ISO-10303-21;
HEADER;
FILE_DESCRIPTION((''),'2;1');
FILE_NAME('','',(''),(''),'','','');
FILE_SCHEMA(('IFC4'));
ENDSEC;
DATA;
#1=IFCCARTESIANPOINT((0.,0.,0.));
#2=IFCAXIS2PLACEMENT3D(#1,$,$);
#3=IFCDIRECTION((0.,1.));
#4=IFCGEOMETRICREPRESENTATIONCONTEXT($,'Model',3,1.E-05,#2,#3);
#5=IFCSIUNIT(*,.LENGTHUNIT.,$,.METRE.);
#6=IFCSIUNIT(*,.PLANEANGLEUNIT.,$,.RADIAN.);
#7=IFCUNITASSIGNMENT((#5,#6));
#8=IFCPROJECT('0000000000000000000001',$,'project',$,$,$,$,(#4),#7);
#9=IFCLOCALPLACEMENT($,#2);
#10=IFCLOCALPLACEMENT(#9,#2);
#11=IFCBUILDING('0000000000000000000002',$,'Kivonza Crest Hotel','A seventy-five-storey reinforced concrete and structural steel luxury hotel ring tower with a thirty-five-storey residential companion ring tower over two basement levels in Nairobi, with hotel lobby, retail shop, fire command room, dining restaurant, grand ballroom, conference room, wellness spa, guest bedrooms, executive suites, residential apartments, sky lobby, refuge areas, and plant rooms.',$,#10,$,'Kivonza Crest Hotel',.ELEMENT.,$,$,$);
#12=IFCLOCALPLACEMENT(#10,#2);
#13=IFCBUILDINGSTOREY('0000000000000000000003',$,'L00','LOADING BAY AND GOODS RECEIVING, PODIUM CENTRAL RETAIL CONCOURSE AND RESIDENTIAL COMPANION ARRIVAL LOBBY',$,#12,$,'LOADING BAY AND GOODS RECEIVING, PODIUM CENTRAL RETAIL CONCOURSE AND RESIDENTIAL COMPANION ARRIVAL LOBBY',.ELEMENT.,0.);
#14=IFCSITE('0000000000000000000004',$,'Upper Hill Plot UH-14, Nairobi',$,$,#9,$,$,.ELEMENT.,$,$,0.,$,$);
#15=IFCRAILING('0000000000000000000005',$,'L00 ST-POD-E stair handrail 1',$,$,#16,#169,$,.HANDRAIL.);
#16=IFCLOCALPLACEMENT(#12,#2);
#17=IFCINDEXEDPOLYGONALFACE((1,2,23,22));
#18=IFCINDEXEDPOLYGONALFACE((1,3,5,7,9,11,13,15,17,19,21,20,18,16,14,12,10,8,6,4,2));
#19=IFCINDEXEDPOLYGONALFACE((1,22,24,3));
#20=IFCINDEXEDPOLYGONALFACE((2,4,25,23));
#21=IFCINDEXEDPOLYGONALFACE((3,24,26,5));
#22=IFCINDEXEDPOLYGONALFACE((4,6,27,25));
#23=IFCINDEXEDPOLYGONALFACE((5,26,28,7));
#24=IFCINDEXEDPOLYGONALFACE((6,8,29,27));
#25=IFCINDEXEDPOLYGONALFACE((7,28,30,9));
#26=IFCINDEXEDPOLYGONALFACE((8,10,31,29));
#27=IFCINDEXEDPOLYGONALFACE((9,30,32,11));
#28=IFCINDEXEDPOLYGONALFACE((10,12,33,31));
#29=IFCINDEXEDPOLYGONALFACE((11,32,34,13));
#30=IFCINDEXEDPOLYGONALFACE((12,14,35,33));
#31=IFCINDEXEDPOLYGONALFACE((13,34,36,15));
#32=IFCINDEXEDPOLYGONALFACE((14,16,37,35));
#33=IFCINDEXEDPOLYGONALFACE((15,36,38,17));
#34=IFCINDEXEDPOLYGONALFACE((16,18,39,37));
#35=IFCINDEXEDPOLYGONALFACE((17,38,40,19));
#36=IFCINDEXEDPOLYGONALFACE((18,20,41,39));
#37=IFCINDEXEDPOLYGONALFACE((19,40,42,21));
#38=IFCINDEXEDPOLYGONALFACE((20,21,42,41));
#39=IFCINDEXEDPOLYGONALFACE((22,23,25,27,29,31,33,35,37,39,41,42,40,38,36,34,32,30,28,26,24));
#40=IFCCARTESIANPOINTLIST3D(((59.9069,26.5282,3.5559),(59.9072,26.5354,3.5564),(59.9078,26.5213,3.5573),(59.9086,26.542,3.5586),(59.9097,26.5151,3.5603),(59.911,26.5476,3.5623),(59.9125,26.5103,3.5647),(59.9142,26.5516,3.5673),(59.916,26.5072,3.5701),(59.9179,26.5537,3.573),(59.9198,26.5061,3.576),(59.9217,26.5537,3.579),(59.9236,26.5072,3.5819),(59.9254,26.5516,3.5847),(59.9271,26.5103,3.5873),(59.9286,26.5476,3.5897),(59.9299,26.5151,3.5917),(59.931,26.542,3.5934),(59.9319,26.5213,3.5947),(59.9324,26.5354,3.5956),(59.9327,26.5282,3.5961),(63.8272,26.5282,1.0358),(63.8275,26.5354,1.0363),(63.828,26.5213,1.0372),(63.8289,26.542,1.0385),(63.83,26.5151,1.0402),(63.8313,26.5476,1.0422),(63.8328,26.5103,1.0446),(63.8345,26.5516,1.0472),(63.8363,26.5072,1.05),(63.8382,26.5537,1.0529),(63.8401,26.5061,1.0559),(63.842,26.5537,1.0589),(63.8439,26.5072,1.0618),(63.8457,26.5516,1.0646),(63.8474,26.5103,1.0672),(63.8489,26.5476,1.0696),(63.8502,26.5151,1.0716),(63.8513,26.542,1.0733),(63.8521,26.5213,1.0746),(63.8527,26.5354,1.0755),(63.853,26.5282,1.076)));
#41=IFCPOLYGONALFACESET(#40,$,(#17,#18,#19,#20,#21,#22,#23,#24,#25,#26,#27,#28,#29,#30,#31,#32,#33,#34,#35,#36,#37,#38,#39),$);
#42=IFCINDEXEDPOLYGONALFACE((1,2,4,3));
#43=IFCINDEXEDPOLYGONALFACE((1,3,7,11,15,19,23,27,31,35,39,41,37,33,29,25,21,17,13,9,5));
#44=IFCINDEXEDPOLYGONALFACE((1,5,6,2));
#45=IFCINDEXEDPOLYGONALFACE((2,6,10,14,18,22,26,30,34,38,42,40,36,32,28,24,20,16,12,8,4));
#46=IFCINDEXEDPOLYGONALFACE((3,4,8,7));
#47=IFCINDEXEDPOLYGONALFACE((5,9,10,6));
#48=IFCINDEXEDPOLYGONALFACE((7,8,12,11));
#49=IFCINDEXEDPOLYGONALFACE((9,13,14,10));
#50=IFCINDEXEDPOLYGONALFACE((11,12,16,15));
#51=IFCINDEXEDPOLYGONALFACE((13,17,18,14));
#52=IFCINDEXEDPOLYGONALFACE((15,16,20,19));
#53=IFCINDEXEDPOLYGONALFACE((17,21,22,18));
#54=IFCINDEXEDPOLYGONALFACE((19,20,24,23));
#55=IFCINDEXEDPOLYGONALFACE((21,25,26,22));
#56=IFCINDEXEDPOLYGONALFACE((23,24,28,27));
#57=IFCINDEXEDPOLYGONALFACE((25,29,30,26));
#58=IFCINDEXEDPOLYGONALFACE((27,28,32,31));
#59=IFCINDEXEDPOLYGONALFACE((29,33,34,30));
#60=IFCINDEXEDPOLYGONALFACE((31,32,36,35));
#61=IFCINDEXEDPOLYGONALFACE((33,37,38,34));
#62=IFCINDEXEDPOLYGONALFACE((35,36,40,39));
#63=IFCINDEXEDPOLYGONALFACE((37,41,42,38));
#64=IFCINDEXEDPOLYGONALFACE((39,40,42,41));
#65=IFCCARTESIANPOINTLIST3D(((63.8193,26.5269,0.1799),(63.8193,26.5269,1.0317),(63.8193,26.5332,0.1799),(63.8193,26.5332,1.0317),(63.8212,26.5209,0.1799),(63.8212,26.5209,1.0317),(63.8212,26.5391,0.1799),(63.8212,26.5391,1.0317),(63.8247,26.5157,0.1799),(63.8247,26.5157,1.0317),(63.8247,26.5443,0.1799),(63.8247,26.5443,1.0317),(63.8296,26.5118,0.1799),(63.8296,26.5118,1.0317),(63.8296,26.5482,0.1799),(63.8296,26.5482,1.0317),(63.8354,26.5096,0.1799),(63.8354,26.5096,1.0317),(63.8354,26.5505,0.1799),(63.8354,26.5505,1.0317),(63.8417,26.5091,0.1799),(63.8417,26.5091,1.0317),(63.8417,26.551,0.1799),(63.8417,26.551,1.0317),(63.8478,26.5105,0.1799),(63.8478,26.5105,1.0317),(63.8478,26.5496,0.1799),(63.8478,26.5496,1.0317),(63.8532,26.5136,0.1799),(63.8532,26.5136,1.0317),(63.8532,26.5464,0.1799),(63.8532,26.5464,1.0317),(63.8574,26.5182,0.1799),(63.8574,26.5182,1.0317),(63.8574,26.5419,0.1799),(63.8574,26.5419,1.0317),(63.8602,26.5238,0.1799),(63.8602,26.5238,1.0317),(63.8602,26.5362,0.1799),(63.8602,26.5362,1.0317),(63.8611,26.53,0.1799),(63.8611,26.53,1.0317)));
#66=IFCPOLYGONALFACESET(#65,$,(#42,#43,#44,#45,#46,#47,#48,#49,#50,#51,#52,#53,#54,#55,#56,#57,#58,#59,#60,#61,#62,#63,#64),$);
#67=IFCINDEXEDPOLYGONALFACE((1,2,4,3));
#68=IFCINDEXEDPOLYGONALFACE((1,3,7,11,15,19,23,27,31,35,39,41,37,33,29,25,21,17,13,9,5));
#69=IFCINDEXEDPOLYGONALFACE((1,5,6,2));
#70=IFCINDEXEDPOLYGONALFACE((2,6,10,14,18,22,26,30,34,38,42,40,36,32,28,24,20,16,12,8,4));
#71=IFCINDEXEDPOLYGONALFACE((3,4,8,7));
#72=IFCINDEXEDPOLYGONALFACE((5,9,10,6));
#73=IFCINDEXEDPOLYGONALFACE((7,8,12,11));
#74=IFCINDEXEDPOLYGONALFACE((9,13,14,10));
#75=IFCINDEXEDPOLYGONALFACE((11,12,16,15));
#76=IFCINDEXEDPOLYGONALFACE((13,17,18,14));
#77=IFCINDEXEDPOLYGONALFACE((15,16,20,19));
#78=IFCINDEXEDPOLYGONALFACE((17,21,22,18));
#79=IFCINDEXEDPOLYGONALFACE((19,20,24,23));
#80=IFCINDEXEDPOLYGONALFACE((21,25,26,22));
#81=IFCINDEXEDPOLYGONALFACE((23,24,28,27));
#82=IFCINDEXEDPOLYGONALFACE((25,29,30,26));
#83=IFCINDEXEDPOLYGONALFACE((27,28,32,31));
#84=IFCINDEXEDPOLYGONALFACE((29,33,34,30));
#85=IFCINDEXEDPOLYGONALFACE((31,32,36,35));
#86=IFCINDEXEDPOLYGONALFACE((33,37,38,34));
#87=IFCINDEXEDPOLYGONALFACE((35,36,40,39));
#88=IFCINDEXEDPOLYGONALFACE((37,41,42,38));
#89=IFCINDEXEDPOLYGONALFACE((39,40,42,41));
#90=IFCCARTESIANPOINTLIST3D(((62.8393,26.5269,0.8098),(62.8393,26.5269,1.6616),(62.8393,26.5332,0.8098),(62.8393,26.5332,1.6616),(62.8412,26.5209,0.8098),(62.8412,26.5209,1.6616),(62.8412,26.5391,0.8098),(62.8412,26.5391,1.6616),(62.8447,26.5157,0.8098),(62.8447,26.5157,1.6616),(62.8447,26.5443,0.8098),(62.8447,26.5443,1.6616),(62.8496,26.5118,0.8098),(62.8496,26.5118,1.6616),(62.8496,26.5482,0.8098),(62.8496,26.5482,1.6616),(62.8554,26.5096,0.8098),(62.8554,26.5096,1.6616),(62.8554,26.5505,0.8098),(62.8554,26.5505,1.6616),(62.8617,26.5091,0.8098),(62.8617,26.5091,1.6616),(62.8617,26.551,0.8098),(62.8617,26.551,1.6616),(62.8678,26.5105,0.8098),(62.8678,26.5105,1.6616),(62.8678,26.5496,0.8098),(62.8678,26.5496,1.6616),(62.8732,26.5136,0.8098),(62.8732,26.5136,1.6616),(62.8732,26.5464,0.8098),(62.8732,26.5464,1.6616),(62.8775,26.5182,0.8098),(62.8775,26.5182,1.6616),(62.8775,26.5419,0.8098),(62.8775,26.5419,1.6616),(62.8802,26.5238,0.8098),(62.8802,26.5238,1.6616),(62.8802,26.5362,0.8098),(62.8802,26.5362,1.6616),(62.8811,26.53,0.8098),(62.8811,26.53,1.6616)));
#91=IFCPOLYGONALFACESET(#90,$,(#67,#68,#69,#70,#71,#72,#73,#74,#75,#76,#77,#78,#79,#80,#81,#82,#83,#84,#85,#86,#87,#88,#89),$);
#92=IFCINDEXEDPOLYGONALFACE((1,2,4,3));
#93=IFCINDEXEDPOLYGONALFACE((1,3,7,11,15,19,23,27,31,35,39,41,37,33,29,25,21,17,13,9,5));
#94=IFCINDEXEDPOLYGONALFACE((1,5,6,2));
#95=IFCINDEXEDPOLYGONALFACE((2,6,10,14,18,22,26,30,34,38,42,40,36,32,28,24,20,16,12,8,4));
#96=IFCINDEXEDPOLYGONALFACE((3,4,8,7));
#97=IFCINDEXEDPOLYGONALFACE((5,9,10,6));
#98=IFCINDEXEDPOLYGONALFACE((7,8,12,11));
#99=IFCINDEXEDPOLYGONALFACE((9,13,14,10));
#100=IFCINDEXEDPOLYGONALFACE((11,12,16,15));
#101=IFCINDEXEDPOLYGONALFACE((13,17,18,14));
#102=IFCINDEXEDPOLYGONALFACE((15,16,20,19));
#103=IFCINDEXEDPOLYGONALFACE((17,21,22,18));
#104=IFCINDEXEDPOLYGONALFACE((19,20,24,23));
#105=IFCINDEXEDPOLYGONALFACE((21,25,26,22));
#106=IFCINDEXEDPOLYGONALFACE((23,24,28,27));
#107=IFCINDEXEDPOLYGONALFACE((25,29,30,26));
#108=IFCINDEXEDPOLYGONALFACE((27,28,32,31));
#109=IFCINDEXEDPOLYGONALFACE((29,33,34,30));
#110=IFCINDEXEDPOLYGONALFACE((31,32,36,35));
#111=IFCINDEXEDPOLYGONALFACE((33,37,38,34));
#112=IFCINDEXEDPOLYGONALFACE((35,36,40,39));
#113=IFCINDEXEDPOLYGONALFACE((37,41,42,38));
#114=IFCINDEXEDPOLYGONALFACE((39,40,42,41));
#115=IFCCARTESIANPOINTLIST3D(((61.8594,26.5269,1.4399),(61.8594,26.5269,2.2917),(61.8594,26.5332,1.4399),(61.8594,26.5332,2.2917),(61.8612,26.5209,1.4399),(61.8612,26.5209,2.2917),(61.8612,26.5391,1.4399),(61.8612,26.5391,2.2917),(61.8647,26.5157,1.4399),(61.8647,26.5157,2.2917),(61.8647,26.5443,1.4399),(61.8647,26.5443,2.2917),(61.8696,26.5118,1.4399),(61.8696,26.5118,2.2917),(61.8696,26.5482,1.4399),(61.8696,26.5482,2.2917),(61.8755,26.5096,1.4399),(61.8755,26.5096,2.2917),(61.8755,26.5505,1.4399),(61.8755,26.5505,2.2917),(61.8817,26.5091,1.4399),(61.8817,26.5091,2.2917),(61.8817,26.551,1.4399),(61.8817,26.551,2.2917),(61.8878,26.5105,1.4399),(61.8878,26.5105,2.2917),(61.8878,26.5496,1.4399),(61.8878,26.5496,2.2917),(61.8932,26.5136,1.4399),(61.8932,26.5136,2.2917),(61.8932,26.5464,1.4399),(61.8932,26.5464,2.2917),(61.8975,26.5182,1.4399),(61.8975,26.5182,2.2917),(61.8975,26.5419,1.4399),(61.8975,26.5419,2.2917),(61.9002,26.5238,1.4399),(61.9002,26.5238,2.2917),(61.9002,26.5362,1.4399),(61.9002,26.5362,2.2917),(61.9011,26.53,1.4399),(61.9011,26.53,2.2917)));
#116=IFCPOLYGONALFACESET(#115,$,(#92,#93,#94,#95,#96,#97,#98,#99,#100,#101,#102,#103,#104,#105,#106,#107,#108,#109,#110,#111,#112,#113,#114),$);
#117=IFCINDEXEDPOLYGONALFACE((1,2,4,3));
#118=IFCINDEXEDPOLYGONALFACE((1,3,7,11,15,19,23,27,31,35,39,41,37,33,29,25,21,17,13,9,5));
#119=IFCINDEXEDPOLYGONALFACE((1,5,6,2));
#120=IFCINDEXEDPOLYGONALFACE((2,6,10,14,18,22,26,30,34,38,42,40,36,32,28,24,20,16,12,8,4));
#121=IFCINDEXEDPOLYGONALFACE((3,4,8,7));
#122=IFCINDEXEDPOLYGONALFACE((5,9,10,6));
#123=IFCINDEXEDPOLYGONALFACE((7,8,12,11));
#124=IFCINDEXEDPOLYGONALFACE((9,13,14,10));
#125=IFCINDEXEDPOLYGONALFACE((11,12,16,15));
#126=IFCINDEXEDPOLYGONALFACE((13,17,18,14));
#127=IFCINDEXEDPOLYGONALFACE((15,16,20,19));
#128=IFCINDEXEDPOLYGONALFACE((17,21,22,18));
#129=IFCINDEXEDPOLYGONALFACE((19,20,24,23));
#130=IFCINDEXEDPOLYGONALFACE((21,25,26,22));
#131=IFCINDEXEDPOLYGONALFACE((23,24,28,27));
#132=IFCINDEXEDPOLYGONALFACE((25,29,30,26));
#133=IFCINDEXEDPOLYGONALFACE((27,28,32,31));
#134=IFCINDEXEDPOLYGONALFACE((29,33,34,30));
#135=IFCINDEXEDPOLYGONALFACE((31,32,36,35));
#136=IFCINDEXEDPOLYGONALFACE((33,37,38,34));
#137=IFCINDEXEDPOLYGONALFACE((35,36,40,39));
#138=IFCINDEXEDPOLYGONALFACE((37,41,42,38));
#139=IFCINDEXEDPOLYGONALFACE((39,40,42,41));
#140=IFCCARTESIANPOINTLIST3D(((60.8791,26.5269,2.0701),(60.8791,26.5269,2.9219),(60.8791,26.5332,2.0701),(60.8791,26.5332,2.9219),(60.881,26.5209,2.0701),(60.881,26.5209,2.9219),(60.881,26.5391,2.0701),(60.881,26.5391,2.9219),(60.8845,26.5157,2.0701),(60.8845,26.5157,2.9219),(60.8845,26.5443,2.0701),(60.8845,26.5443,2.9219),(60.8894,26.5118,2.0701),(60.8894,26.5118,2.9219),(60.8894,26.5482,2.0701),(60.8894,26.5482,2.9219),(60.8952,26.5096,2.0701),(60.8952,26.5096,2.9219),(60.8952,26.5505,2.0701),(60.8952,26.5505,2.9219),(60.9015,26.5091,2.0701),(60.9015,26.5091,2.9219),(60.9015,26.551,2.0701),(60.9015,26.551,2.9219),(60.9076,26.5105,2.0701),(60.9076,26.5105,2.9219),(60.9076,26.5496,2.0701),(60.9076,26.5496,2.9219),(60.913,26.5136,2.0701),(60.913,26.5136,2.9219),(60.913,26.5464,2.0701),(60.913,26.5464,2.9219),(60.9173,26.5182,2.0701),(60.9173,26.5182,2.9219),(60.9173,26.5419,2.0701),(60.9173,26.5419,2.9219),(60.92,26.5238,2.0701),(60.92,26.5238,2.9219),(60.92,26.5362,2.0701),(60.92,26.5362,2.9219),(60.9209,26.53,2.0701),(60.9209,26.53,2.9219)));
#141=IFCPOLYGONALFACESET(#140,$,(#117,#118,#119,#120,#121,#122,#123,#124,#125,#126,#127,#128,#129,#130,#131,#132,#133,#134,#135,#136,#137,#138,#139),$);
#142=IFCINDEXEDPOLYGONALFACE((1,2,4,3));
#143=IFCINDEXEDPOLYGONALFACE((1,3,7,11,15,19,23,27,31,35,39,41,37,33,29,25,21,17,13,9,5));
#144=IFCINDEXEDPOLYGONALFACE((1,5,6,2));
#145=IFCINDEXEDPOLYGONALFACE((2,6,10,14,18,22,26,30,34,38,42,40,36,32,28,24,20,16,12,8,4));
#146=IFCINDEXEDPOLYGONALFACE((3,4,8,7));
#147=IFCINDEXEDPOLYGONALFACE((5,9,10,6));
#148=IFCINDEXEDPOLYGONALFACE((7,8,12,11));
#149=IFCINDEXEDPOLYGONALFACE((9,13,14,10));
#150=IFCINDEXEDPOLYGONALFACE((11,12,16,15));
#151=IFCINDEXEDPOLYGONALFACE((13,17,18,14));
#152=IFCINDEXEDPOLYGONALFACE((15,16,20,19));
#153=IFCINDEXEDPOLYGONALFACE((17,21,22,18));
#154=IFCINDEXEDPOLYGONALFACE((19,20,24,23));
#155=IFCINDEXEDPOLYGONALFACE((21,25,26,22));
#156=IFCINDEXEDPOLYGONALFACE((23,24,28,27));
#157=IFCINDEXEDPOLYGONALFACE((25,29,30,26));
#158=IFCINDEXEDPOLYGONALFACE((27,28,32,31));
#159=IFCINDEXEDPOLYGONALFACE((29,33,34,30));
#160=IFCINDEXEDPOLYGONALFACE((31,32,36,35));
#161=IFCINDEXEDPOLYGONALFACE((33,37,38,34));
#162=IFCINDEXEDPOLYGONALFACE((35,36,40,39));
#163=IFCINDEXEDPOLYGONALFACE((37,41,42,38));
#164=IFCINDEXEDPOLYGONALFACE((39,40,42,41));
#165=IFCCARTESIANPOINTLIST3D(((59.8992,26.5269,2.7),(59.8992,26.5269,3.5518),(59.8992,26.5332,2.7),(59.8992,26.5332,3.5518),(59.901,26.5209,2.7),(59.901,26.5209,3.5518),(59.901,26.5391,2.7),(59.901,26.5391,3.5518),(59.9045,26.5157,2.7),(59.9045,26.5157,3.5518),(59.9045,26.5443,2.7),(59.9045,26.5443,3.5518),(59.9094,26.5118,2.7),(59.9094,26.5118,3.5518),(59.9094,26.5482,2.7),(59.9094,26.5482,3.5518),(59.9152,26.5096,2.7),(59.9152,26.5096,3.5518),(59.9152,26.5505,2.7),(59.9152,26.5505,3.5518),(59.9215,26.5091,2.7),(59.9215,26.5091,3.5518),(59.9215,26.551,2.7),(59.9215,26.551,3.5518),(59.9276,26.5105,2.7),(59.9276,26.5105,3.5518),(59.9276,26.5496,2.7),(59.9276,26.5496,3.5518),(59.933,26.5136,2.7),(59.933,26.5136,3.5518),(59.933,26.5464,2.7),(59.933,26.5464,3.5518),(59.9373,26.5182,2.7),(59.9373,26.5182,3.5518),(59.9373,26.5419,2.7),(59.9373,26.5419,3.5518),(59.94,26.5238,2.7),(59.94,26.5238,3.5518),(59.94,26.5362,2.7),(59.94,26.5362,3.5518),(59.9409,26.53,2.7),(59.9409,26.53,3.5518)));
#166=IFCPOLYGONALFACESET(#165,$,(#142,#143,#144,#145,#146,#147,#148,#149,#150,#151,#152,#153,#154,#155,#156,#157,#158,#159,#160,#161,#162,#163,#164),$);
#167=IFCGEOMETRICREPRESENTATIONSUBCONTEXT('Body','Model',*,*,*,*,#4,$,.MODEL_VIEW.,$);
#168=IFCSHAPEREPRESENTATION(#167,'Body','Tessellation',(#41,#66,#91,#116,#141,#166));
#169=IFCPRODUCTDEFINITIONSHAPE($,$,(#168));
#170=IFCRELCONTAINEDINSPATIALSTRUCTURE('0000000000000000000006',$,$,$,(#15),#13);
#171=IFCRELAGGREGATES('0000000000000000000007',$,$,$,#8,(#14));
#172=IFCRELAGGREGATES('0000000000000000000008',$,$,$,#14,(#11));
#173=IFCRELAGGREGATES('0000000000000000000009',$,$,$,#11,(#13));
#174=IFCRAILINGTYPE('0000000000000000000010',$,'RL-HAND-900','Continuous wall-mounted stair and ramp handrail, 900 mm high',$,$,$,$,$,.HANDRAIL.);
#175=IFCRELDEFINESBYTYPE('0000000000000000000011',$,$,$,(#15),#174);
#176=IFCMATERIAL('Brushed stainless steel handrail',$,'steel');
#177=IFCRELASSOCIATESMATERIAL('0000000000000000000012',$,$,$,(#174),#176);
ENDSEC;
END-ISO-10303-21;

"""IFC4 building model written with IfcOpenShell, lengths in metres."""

from ifc_helpers import new_model, si_unit, direction, frame, origin, origin_2d, place, context, subcontext, project, spatial, circle, extrude, material, type_object, element, save


model = new_model("IFC4")

# Units and contexts
model_context = context("Model", 3, precision=1e-05, world=origin(), true_north=direction((0.0, 1.0)))
body_context = subcontext(model_context, "Body", "Model", "MODEL_VIEW")
ifc_project = project(units=[si_unit("LENGTHUNIT", "METRE"), si_unit("PLANEANGLEUNIT", "RADIAN")], contexts=[model_context])

# Site, building, storey
site_placement = place(None, origin())
site = spatial("IfcSite", under=ifc_project, at=site_placement, Name="Upper Hill Plot UH-14, Nairobi", CompositionType="ELEMENT", RefElevation=0.0)
building_placement = place(site_placement, origin())
building = spatial("IfcBuilding", under=site, at=building_placement, Name="Kivonza Crest Hotel", Description="A seventy-five-storey reinforced concrete and structural steel luxury hotel ring tower with a thirty-five-storey residential companion ring tower over two basement levels in Nairobi, with hotel lobby, retail shop, fire command room, dining restaurant, grand ballroom, conference room, wellness spa, guest bedrooms, executive suites, residential apartments, sky lobby, refuge areas, and plant rooms.", LongName="Kivonza Crest Hotel", CompositionType="ELEMENT")
storey_placement = place(building_placement, origin())
storey = spatial("IfcBuildingStorey", under=building, at=storey_placement, Name="L00", Description="LOADING BAY AND GOODS RECEIVING, PODIUM CENTRAL RETAIL CONCOURSE AND RESIDENTIAL COMPANION ARRIVAL LOBBY", LongName="LOADING BAY AND GOODS RECEIVING, PODIUM CENTRAL RETAIL CONCOURSE AND RESIDENTIAL COMPANION ARRIVAL LOBBY", CompositionType="ELEMENT", Elevation=0.0)

# Railing
ifc_material_1 = material(Name="Brushed stainless steel handrail", Category="steel")
railing_type_1 = type_object("IfcRailingType", Name="RL-HAND-900", Description="Continuous wall-mounted stair and ramp handrail, 900 mm high", PredefinedType="HANDRAIL", material=ifc_material_1)
railing_1_placement = place(storey_placement, frame((63.8401, 26.53, 0.1799)))
element("IfcRailing", 1, at=railing_1_placement, inside=storey, type_object=railing_type_1, Name="L00 ST-POD-E stair handrail 1", PredefinedType="HANDRAIL", context=body_context, shape_type="SweptSolid", body=[
    extrude(circle(Radius=0.0239, at=origin_2d()), frame((0.0, 0.0, 0.876), z_axis=(-0.841187, 0.0, 0.540744), x_axis=(0.0, -1.0, 0.0)), (0.0, 0.0, 1.0), 4.6604),
    extrude(circle(Radius=0.021, at=origin_2d()), origin(), (0.0, 0.0, 1.0), 0.8518),
    extrude(circle(Radius=0.021, at=origin_2d()), frame((-0.98, 0.0, 0.6299)), (0.0, 0.0, 1.0), 0.8518),
    extrude(circle(Radius=0.021, at=origin_2d()), frame((-1.96, 0.0, 1.26)), (0.0, 0.0, 1.0), 0.8518),
    extrude(circle(Radius=0.021, at=origin_2d()), frame((-2.9402, 0.0, 1.8901)), (0.0, 0.0, 1.0), 0.8518),
    extrude(circle(Radius=0.021, at=origin_2d()), frame((-3.9202, 0.0, 2.52)), (0.0, 0.0, 1.0), 0.8518),
])

save(model, "model.ifc")
